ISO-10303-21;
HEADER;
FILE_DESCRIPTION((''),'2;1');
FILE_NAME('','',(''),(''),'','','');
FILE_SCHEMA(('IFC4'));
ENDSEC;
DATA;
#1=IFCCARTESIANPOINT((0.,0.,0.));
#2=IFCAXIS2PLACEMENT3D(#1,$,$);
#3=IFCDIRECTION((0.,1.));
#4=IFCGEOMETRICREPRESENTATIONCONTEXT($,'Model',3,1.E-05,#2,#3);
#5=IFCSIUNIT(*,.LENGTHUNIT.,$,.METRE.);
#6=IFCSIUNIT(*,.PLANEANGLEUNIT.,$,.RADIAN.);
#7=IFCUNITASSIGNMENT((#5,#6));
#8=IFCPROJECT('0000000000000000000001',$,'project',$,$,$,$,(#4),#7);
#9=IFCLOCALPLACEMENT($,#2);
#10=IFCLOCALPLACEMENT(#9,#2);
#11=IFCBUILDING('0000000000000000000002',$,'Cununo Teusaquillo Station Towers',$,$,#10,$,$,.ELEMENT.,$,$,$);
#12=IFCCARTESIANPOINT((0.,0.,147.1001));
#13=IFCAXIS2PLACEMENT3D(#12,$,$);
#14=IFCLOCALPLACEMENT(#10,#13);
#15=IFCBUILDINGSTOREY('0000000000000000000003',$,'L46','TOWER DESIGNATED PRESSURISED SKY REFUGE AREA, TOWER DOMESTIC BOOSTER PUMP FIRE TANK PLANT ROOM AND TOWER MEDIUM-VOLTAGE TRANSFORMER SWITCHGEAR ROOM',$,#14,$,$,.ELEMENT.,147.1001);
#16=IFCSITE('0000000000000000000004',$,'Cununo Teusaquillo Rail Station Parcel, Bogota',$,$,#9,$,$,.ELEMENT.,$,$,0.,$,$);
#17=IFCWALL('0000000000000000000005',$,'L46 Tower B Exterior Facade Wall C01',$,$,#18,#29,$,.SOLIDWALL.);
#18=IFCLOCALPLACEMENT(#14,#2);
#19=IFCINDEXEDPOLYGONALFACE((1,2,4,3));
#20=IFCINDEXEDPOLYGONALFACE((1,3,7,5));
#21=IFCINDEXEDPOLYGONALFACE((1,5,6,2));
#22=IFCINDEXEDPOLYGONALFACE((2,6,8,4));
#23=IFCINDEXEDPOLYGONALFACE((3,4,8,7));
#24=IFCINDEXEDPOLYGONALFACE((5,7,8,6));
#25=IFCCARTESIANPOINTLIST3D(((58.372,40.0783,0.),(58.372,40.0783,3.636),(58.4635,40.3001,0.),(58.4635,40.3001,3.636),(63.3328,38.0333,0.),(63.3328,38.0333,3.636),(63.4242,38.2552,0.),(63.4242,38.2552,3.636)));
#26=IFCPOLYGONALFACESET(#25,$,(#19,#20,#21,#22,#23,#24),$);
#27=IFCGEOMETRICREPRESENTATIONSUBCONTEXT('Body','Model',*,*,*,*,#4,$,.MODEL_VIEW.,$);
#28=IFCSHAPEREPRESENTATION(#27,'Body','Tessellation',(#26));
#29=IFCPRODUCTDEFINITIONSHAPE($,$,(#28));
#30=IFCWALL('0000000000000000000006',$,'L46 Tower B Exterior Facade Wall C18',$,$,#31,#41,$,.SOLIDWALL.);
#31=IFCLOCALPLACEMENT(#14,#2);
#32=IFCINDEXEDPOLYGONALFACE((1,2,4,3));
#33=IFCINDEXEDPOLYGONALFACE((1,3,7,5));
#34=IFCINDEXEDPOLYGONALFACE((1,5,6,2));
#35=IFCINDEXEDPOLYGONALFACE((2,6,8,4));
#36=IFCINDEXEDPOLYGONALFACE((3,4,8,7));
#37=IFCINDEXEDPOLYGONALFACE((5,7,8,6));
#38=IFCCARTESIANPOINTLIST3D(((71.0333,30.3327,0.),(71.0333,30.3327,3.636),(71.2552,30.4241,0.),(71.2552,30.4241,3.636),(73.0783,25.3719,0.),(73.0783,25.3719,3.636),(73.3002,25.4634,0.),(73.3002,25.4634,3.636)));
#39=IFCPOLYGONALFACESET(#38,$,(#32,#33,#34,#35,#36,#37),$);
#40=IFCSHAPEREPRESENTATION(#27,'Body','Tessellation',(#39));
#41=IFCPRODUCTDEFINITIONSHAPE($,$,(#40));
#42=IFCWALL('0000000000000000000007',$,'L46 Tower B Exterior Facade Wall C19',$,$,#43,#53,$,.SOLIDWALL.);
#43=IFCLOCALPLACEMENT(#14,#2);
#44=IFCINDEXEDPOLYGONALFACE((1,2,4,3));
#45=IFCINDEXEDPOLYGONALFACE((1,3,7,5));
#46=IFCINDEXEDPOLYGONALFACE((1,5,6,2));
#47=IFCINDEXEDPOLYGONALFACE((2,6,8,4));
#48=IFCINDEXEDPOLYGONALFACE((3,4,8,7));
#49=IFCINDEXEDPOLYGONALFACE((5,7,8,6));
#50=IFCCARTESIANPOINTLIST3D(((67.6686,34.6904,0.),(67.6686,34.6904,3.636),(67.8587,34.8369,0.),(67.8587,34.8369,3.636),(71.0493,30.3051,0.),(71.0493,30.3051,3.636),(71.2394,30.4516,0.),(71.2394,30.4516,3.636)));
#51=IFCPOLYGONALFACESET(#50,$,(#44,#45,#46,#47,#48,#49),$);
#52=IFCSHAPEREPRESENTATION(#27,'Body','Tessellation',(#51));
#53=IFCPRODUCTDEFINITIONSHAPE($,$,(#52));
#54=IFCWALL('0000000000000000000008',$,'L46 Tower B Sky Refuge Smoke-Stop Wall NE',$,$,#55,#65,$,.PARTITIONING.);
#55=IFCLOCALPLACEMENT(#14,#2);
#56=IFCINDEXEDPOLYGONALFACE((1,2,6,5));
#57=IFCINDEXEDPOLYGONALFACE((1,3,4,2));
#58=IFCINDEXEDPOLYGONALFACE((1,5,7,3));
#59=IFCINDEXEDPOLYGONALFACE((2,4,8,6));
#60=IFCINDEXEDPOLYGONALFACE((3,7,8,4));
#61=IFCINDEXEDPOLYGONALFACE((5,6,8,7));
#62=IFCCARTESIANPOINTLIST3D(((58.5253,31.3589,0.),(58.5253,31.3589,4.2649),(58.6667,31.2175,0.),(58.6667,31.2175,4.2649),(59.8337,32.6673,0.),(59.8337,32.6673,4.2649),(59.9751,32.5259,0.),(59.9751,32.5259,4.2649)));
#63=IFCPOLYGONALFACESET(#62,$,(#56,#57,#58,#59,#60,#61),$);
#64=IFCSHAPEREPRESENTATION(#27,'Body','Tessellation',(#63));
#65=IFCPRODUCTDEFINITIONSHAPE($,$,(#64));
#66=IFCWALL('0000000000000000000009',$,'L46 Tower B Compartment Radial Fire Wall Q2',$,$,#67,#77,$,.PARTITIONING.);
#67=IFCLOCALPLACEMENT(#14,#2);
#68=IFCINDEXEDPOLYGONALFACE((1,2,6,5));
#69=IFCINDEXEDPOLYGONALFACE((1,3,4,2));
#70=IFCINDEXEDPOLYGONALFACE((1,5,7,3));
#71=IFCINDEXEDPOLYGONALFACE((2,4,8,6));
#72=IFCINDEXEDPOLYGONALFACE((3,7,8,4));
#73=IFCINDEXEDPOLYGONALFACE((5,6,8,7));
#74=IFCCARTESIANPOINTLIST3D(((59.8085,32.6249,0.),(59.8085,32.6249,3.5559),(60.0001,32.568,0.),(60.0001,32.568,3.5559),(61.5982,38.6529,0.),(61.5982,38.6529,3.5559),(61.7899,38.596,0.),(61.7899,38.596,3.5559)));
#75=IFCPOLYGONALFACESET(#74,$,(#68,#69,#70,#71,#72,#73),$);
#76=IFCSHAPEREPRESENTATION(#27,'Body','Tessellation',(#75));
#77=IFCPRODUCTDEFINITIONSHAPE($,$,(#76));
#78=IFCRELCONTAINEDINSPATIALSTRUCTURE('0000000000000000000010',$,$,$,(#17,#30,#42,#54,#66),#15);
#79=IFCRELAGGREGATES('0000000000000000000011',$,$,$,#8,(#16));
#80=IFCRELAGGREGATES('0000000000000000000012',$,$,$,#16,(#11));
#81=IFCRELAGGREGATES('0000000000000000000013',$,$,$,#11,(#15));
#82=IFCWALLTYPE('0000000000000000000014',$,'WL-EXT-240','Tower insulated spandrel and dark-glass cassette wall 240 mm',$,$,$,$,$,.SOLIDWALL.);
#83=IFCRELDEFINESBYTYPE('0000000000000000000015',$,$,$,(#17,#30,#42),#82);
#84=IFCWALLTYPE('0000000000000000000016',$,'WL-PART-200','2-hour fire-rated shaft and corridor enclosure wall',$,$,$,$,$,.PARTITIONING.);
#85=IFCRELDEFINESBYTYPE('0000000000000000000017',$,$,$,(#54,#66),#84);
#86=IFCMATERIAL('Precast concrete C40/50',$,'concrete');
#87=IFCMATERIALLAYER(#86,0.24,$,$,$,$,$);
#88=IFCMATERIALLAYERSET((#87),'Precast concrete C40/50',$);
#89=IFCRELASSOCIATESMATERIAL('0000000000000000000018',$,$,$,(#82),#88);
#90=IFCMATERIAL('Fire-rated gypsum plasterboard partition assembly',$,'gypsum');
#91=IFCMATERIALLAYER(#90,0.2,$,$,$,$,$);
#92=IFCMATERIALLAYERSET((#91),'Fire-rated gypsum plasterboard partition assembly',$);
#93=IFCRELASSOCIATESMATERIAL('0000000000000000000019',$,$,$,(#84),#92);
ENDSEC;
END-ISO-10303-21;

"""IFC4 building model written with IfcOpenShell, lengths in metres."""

from ifc_helpers import new_model, si_unit, direction, frame, frame_2d, origin, place, context, subcontext, project, spatial, rectangle, extrude, material, layer, layer_set, type_object, element, save


model = new_model("IFC4")

# Units and contexts
model_context = context("Model", 3, precision=1e-05, world=origin(), true_north=direction((0.0, 1.0)))
body_context = subcontext(model_context, "Body", "Model", "MODEL_VIEW")
ifc_project = project(units=[si_unit("LENGTHUNIT", "METRE"), si_unit("PLANEANGLEUNIT", "RADIAN")], contexts=[model_context])

# Site, building, storey
site_placement = place(None, origin())
site = spatial("IfcSite", under=ifc_project, at=site_placement, Name="Cununo Teusaquillo Rail Station Parcel, Bogota", CompositionType="ELEMENT", RefElevation=0.0)
building_placement = place(site_placement, origin())
building = spatial("IfcBuilding", under=site, at=building_placement, Name="Cununo Teusaquillo Station Towers", CompositionType="ELEMENT")
storey_placement = place(building_placement, frame((0.0, 0.0, 147.1001)))
storey = spatial("IfcBuildingStorey", under=building, at=storey_placement, Name="L46", Description="TOWER DESIGNATED PRESSURISED SKY REFUGE AREA, TOWER DOMESTIC BOOSTER PUMP FIRE TANK PLANT ROOM AND TOWER MEDIUM-VOLTAGE TRANSFORMER SWITCHGEAR ROOM", CompositionType="ELEMENT", Elevation=147.1001)

# Walls
ifc_material_1 = material(Name="Precast concrete C40/50", Category="concrete")
ifc_layer_1 = layer(ifc_material_1, 0.24)
ifc_layer_set_1 = layer_set([ifc_layer_1], Name="Precast concrete C40/50")
wall_type_1 = type_object("IfcWallType", Name="WL-EXT-240", Description="Tower insulated spandrel and dark-glass cassette wall 240 mm", PredefinedType="SOLIDWALL", material=ifc_layer_set_1)
for number, where, z_axis, x_axis, name in (
    (1, (58.4177, 40.1892, 0.0), (0.0, 0.0, 1.0), (0.924528, -0.381114, 0.0), "L46 Tower B Exterior Facade Wall C01"),
    (2, (71.1443, 30.3784, 0.0), (0.0, 0.0, 1.0), (0.381114, -0.924528, 0.0), "L46 Tower B Exterior Facade Wall C18"),
):
    element("IfcWall", number, at=place(storey_placement, frame(where, z_axis=z_axis, x_axis=x_axis)), inside=storey, type_object=wall_type_1, Name=name, PredefinedType="SOLIDWALL", context=body_context, shape_type="SweptSolid", body=[
        extrude(rectangle(XDim=5.3657, YDim=0.24, at=frame_2d((2.6829, 0.0))), origin(), (0.0, 0.0, 1.0), 3.636),
    ])
wall_1_placement = place(storey_placement, frame((67.7637, 34.7637, 0.0), z_axis=(0.0, 0.0, 1.0), x_axis=(0.610544, -0.791983, 0.0)))
element("IfcWall", 3, at=wall_1_placement, inside=storey, type_object=wall_type_1, Name="L46 Tower B Exterior Facade Wall C19", PredefinedType="SOLIDWALL", context=body_context, shape_type="SweptSolid", body=[
    extrude(rectangle(XDim=5.5371, YDim=0.24, at=frame_2d((2.7686, 0.0))), origin(), (0.0, 0.0, 1.0), 3.636),
])
ifc_material_2 = material(Name="Fire-rated gypsum plasterboard partition assembly", Category="gypsum")
ifc_layer_2 = layer(ifc_material_2, 0.2)
ifc_layer_set_2 = layer_set([ifc_layer_2], Name="Fire-rated gypsum plasterboard partition assembly")
wall_type_2 = type_object("IfcWallType", Name="WL-PART-200", Description="2-hour fire-rated shaft and corridor enclosure wall", PredefinedType="PARTITIONING", material=ifc_layer_set_2)
wall_2_placement = place(storey_placement, frame((58.5959, 31.2881, 0.0), z_axis=(0.0, 0.0, 1.0), x_axis=(0.707107, 0.707107, 0.0)))
element("IfcWall", 4, at=wall_2_placement, inside=storey, type_object=wall_type_2, Name="L46 Tower B Sky Refuge Smoke-Stop Wall NE", PredefinedType="PARTITIONING", context=body_context, shape_type="SweptSolid", body=[
    extrude(rectangle(XDim=1.8503, YDim=0.2, at=frame_2d((0.9253, 0.0))), origin(), (0.0, 0.0, 1.0), 4.2649),
])
wall_3_placement = place(storey_placement, frame((59.9043, 32.5964, 0.0), z_axis=(0.0, 0.0, 1.0), x_axis=(0.284629, 0.958638, 0.0)))
element("IfcWall", 5, at=wall_3_placement, inside=storey, type_object=wall_type_2, Name="L46 Tower B Compartment Radial Fire Wall Q2", PredefinedType="PARTITIONING", context=body_context, shape_type="SweptSolid", body=[
    extrude(rectangle(XDim=6.2881, YDim=0.2, at=frame_2d((3.144, 0.0))), origin(), (0.0, 0.0, 1.0), 3.5559),
])

save(model, "model.ifc")
